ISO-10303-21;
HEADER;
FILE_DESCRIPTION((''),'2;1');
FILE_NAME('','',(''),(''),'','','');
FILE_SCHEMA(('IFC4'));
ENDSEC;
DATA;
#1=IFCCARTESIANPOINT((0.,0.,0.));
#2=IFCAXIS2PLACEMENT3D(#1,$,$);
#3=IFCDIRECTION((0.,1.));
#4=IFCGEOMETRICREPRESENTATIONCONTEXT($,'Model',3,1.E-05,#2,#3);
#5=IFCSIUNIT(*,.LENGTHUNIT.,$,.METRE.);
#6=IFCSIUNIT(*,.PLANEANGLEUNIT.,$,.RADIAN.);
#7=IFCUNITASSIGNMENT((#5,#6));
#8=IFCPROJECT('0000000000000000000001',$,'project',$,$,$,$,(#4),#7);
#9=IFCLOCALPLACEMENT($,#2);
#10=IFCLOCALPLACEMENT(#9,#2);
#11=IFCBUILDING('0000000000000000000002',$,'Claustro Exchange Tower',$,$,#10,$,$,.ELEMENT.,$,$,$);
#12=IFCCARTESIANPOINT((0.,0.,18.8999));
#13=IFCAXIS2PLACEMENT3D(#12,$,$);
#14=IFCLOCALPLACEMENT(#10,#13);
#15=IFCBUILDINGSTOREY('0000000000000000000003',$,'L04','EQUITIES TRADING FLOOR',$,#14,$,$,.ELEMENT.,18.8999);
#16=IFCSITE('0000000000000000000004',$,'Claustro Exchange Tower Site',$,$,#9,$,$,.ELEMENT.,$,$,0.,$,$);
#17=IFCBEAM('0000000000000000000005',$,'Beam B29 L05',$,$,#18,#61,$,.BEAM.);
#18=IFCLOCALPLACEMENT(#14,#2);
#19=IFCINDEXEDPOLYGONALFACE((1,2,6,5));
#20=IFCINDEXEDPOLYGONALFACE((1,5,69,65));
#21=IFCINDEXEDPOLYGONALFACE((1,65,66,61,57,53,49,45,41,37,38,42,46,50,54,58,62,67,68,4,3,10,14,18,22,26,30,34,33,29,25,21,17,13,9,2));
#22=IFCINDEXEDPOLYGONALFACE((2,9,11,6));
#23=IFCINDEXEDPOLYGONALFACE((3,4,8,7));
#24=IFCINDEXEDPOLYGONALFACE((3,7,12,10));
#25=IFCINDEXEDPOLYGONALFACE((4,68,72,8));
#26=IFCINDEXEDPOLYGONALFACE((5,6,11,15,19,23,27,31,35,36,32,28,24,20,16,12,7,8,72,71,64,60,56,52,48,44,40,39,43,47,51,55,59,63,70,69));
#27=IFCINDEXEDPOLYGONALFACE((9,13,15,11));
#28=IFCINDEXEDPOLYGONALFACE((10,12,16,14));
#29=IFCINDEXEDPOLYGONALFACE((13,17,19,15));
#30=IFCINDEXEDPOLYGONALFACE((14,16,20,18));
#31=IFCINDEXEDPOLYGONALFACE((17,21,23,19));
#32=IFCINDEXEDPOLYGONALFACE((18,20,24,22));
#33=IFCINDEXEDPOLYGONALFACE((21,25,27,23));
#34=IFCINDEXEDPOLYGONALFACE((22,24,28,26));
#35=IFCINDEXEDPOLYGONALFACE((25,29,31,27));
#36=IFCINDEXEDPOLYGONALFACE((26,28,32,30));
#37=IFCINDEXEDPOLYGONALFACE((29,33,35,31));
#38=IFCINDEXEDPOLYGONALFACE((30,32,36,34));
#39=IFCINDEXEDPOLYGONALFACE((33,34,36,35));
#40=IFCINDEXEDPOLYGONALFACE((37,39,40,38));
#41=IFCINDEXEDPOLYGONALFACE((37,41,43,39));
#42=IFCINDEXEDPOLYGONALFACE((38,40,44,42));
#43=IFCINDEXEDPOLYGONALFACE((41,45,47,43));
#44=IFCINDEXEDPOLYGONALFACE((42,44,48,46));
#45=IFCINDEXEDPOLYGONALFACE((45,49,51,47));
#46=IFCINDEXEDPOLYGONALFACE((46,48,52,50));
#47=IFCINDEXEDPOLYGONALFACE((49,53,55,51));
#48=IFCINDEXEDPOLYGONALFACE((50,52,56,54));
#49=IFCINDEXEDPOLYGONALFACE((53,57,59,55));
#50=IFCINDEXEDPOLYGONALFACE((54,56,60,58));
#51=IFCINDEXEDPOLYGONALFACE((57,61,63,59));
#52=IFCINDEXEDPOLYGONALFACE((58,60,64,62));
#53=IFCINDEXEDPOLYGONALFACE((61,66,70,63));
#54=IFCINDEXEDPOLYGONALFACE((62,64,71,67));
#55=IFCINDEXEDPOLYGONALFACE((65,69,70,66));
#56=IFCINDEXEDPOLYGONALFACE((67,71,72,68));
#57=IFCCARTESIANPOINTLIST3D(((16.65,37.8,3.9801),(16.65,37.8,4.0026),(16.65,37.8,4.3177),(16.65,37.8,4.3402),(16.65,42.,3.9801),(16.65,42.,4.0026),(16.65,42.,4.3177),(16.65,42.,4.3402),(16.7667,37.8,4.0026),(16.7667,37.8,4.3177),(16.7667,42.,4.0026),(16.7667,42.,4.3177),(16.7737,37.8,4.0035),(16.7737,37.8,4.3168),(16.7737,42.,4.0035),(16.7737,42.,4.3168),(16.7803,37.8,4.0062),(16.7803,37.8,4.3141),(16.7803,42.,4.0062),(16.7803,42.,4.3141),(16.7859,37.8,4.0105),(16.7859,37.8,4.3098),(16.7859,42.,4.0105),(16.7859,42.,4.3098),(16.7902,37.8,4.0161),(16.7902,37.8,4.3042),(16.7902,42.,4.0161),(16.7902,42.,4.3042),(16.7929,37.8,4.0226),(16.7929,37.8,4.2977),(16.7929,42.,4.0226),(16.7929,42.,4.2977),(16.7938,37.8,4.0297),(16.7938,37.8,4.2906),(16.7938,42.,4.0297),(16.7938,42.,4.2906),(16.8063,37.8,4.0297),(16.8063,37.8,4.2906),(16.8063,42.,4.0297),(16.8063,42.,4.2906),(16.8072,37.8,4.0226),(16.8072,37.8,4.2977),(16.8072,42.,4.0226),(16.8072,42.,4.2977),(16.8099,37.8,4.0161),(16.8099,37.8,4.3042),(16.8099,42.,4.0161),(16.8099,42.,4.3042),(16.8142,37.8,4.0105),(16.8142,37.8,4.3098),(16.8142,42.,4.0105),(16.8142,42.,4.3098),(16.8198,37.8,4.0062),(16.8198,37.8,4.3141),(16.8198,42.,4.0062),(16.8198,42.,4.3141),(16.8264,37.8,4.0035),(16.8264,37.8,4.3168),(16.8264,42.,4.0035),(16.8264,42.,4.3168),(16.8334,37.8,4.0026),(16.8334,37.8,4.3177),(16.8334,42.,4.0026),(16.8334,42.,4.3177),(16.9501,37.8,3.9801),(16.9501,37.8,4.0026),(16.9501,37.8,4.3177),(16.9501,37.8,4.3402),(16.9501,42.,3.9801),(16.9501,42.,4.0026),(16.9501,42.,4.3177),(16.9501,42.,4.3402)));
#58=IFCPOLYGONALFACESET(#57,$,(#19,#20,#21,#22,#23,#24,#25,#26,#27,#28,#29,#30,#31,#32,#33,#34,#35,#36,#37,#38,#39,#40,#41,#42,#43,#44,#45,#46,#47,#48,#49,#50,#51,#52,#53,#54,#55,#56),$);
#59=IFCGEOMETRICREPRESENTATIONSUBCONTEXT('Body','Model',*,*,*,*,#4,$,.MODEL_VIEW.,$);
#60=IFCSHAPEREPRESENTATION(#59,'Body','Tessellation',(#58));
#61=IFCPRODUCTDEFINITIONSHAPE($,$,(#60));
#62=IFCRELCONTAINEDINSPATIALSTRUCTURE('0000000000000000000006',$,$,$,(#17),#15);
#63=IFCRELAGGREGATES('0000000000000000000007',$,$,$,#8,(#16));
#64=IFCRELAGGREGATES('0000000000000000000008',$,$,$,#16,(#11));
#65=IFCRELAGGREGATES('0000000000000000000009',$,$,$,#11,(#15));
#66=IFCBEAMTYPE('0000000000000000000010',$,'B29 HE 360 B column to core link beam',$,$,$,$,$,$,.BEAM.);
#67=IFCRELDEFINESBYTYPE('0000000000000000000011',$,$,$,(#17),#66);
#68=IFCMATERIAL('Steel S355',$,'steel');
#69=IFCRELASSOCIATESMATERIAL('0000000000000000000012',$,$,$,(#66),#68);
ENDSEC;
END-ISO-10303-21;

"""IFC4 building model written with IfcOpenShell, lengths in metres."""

from ifc_helpers import new_model, si_unit, direction, frame, origin, origin_2d, place, context, subcontext, project, spatial, i_section, extrude, material, material_profile, profile_set, type_object, element, save


model = new_model("IFC4")

# Units and contexts
model_context = context("Model", 3, precision=1e-05, world=origin(), true_north=direction((0.0, 1.0)))
body_context = subcontext(model_context, "Body", "Model", "MODEL_VIEW")
ifc_project = project(units=[si_unit("LENGTHUNIT", "METRE"), si_unit("PLANEANGLEUNIT", "RADIAN")], contexts=[model_context])

# Site, building, storey
site_placement = place(None, origin())
site = spatial("IfcSite", under=ifc_project, at=site_placement, Name="Claustro Exchange Tower Site", CompositionType="ELEMENT", RefElevation=0.0)
building_placement = place(site_placement, origin())
building = spatial("IfcBuilding", under=site, at=building_placement, Name="Claustro Exchange Tower", CompositionType="ELEMENT")
storey_placement = place(building_placement, frame((0.0, 0.0, 18.8999)))
storey = spatial("IfcBuildingStorey", under=building, at=storey_placement, Name="L04", Description="EQUITIES TRADING FLOOR", CompositionType="ELEMENT", Elevation=18.8999)

# Beam
ifc_material_1 = material(Name="Steel S355", Category="steel")
ifc_material_profile_1 = material_profile(ifc_material_1, i_section(OverallWidth=0.3, OverallDepth=0.3601, WebThickness=0.0125, FlangeThickness=0.0225, FilletRadius=0.0271, at=origin_2d()), Name="HE 360 B")
ifc_profile_set_1 = profile_set([ifc_material_profile_1], Name="Steel S355")
beam_type_1 = type_object("IfcBeamType", Name="B29 HE 360 B column to core link beam", PredefinedType="BEAM", material=ifc_profile_set_1)
for number, where, z_axis, x_axis, name in (
    (1, (16.8, 37.8, 4.1602), (0.0, 1.0, 0.0), (-1.0, 0.0, 0.0), "Beam B29 L05"),
):
    element("IfcBeam", number, at=place(storey_placement, frame(where, z_axis=z_axis, x_axis=x_axis)), inside=storey, type_object=beam_type_1, Name=name, PredefinedType="BEAM", context=body_context, shape_type="SweptSolid", body=[
        extrude(i_section(OverallWidth=0.3, OverallDepth=0.3601, WebThickness=0.0125, FlangeThickness=0.0225, FilletRadius=0.0271, at=origin_2d()), origin(), (0.0, 0.0, 1.0), 4.2),
    ])

save(model, "model.ifc")
